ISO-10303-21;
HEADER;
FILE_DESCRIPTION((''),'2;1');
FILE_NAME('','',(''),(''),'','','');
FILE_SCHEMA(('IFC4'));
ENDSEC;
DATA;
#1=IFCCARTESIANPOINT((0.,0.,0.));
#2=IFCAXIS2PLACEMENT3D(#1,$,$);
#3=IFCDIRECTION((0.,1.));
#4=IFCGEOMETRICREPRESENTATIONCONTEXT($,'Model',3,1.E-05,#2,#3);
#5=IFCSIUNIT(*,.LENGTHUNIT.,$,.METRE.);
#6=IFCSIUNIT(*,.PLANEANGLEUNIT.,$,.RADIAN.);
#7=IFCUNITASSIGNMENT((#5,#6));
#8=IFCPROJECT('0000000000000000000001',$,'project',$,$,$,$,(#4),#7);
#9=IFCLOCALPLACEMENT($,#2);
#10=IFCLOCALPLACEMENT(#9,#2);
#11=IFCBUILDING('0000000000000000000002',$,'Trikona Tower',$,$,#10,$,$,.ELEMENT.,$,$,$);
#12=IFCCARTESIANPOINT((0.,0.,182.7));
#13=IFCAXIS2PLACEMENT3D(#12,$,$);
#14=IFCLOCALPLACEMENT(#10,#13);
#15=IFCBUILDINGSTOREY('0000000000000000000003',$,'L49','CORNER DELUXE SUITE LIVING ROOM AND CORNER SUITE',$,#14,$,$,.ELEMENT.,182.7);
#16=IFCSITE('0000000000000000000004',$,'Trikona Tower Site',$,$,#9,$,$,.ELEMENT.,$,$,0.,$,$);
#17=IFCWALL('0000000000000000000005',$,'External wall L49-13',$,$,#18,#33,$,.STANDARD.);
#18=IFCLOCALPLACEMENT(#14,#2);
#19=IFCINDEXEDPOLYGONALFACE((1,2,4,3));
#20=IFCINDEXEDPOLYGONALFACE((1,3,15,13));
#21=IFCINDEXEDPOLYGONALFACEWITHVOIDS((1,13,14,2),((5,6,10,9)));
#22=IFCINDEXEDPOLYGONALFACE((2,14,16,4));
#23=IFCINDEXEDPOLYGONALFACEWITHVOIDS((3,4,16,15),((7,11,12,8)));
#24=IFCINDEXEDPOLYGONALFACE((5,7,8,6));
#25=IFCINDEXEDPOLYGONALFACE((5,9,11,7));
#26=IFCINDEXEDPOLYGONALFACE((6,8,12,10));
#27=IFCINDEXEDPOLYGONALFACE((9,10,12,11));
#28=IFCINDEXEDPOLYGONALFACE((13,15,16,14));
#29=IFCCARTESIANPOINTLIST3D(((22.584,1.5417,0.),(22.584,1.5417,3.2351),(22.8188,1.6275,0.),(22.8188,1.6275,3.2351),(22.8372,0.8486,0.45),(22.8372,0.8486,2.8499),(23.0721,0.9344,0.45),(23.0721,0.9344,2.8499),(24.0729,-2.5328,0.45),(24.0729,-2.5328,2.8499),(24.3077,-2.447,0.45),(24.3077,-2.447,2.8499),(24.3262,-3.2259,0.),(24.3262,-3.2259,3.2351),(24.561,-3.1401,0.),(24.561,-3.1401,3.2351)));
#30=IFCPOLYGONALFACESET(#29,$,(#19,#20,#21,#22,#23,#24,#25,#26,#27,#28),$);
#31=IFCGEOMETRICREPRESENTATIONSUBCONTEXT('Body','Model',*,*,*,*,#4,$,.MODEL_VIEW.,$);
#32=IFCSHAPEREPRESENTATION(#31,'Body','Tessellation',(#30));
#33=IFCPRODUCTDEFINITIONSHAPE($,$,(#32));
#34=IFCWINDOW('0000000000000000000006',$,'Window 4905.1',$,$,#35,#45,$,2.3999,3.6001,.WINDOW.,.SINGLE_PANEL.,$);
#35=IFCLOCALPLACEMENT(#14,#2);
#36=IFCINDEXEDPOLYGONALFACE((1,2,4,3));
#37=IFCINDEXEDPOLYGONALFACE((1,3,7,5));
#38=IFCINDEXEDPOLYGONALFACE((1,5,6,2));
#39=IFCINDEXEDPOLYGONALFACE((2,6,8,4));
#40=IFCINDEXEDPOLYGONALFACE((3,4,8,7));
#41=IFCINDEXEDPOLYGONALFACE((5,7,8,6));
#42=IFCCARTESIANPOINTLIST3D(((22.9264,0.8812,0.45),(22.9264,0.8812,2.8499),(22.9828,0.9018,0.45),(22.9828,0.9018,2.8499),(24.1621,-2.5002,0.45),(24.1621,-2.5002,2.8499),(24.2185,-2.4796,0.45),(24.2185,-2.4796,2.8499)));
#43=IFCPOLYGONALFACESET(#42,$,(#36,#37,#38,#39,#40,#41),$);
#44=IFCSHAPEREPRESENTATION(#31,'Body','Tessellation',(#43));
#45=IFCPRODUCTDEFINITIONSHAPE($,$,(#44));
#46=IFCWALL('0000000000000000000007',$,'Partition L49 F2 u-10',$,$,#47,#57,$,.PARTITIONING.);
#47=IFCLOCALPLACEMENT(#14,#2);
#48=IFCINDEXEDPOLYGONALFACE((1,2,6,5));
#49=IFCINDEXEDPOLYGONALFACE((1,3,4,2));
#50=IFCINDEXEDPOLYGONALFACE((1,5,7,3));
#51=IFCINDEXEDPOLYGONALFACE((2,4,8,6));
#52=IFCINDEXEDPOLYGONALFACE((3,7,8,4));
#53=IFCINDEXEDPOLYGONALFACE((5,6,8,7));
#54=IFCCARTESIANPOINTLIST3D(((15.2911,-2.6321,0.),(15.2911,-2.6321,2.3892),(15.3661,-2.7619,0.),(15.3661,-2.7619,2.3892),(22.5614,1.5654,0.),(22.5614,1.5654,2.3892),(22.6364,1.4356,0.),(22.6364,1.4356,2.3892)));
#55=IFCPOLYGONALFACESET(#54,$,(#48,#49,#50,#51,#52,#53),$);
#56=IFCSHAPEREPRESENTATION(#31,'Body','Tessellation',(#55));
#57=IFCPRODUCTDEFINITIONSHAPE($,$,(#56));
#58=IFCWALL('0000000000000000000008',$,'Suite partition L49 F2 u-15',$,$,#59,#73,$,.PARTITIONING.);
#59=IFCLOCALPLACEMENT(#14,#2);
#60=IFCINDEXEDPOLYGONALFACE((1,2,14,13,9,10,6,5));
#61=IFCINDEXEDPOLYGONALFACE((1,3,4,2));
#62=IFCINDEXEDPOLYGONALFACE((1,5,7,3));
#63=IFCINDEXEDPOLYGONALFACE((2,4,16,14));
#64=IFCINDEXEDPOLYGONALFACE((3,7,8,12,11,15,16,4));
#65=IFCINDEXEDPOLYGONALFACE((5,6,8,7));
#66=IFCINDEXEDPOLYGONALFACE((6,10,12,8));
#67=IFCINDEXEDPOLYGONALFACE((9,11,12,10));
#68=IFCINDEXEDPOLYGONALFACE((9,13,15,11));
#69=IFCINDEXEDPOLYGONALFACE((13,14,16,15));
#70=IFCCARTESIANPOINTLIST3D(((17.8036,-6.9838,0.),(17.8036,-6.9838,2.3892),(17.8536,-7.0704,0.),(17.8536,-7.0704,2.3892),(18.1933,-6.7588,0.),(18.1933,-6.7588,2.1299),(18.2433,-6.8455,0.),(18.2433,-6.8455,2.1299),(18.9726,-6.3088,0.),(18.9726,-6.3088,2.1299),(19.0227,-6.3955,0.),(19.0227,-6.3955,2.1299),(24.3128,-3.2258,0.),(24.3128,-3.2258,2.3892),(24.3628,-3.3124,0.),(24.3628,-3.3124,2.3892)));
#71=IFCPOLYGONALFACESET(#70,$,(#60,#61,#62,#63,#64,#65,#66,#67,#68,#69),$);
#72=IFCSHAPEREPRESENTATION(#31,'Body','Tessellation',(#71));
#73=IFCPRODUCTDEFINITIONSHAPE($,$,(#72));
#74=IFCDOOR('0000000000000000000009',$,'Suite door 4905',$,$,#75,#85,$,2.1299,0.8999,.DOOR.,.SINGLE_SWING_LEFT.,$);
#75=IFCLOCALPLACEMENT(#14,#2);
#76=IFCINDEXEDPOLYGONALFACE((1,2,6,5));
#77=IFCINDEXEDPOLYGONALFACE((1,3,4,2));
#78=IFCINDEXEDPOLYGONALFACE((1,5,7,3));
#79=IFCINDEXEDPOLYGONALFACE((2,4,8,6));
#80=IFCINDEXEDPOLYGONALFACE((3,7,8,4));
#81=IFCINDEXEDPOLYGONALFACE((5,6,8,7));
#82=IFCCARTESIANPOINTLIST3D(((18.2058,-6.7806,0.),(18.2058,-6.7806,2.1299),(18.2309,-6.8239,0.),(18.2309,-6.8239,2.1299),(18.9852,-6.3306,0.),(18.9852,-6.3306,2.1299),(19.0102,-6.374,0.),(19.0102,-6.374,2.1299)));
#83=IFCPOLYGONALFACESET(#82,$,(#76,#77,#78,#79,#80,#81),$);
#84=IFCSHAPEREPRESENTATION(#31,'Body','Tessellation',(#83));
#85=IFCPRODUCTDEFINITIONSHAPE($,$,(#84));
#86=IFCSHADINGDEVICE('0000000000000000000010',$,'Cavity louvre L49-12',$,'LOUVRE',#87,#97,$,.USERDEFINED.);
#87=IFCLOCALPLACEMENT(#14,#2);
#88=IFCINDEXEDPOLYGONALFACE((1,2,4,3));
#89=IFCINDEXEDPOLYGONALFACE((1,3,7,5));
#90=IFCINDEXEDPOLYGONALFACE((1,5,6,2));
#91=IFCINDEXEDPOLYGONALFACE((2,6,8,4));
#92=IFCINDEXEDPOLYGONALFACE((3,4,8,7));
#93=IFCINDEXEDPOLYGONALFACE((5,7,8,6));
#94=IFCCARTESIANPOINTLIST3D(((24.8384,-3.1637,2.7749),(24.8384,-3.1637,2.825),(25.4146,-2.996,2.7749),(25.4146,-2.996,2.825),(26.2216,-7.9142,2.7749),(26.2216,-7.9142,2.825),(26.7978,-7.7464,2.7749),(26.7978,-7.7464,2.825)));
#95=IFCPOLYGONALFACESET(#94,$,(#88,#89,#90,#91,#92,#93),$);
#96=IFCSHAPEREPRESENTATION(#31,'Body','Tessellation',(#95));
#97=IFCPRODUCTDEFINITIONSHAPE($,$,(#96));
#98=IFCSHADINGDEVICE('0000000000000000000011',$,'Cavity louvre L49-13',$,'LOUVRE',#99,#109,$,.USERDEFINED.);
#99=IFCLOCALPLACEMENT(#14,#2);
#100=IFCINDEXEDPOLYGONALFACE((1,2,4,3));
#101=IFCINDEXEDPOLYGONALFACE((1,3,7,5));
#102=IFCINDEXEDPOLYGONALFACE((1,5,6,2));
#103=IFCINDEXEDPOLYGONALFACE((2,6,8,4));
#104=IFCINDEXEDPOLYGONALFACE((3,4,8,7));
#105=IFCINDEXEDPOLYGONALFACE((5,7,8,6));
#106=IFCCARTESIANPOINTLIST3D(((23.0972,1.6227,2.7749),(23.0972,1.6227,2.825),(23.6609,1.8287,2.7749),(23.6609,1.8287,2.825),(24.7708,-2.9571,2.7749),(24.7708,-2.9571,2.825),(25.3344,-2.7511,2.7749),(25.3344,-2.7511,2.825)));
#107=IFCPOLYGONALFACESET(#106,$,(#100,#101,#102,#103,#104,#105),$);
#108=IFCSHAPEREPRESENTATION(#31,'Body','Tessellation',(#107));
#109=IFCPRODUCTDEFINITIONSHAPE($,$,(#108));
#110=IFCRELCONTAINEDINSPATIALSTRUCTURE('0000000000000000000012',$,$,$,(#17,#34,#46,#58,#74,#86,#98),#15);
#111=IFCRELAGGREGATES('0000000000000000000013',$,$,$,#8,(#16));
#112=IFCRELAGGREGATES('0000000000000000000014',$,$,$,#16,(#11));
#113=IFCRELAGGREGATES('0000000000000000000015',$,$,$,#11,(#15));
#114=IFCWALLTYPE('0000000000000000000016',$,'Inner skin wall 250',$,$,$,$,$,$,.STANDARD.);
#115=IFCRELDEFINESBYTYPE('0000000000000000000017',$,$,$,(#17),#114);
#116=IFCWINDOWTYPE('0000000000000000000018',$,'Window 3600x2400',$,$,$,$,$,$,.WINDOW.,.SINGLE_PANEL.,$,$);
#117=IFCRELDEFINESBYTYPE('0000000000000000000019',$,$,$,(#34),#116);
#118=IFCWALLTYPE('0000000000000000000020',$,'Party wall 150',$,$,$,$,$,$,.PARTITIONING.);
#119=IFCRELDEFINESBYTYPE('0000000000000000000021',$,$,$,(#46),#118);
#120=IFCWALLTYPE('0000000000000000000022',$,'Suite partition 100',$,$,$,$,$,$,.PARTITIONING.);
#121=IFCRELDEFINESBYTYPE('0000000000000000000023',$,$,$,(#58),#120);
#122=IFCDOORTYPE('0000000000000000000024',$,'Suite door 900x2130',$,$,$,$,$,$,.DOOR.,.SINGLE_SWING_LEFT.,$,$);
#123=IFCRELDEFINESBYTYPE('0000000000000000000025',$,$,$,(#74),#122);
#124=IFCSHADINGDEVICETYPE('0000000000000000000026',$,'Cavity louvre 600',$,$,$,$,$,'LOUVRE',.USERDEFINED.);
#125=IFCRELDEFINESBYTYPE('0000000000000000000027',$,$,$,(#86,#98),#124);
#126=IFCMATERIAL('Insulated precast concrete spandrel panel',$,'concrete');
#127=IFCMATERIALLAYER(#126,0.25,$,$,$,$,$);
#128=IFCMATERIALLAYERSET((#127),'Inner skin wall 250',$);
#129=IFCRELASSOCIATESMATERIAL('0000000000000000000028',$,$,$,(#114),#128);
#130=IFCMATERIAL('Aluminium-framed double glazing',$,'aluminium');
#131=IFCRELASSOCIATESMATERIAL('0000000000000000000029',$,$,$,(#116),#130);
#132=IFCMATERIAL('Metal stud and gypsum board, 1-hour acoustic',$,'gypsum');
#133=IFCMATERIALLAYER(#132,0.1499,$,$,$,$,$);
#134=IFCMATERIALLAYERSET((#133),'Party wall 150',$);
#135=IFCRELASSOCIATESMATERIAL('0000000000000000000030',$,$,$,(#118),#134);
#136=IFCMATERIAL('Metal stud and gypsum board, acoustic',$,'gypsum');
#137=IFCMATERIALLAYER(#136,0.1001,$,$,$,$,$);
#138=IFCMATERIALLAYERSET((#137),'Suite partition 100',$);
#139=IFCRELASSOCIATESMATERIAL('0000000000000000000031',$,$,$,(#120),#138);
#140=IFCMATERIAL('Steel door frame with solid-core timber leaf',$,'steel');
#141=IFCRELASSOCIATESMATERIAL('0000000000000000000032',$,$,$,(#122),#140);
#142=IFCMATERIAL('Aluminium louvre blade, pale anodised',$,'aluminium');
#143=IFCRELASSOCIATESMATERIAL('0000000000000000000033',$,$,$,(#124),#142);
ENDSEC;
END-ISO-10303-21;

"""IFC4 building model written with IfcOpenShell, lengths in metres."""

from ifc_helpers import new_model, si_unit, direction, frame, frame_2d, origin, origin_2d, place, context, subcontext, project, spatial, rectangle, extrude, material, layer, layer_set, type_object, element, fill, save


model = new_model("IFC4")

# Units and contexts
model_context = context("Model", 3, precision=1e-05, world=origin(), true_north=direction((0.0, 1.0)))
body_context = subcontext(model_context, "Body", "Model", "MODEL_VIEW")
ifc_project = project(units=[si_unit("LENGTHUNIT", "METRE"), si_unit("PLANEANGLEUNIT", "RADIAN")], contexts=[model_context])

# Site, building, storey
site_placement = place(None, origin())
site = spatial("IfcSite", under=ifc_project, at=site_placement, Name="Trikona Tower Site", CompositionType="ELEMENT", RefElevation=0.0)
building_placement = place(site_placement, origin())
building = spatial("IfcBuilding", under=site, at=building_placement, Name="Trikona Tower", CompositionType="ELEMENT")
storey_placement = place(building_placement, frame((0.0, 0.0, 182.7)))
storey = spatial("IfcBuildingStorey", under=building, at=storey_placement, Name="L49", Description="CORNER DELUXE SUITE LIVING ROOM AND CORNER SUITE", CompositionType="ELEMENT", Elevation=182.7)

# Wall, opening, window
ifc_material_1 = material(Name="Insulated precast concrete spandrel panel", Category="concrete")
ifc_layer_1 = layer(ifc_material_1, 0.25)
ifc_layer_set_1 = layer_set([ifc_layer_1], Name="Inner skin wall 250")
wall_type_1 = type_object("IfcWallType", Name="Inner skin wall 250", PredefinedType="STANDARD", material=ifc_layer_set_1)
ifc_material_2 = material(Name="Aluminium-framed double glazing", Category="aluminium")
window_type = type_object("IfcWindowType", Name="Window 3600x2400", PartitioningType="SINGLE_PANEL", PredefinedType="WINDOW", material=ifc_material_2)
wall_1_placement = place(storey_placement, frame((24.4436, -3.1831, 0.0), z_axis=(0.0, 0.0, 1.0), x_axis=(-0.343226, 0.939253, 0.0)))
wall_1 = element("IfcWall", 1, at=wall_1_placement, inside=storey, type_object=wall_type_1, Name="External wall L49-13", PredefinedType="STANDARD", context=body_context, shape_type="SweptSolid", body=[
    extrude(rectangle(XDim=5.0759, YDim=0.25, at=frame_2d((2.5381, 0.0))), origin(), (0.0, 0.0, 1.0), 3.2351),
])
opening_1_placement = place(wall_1_placement, frame((0.738, 0.0, 0.45)))
opening_1 = element("IfcOpeningElement", 2, at=opening_1_placement, cuts=wall_1, PredefinedType="OPENING", context=body_context, shape_type="SweptSolid", body=[
    extrude(rectangle(XDim=3.6001, YDim=2.3999, at=frame_2d((1.8, 1.2))), frame((0.0, 0.135, 0.0), z_axis=(0.0, -1.0, 0.0), x_axis=(1.0, 0.0, 0.0)), (0.0, 0.0, 1.0), 0.27),
])
window_1_placement = place(opening_1_placement, origin())
window_1 = element("IfcWindow", 3, at=window_1_placement, inside=storey, type_object=window_type, Name="Window 4905.1", OverallHeight=2.3999, OverallWidth=3.6001, PartitioningType="SINGLE_PANEL", PredefinedType="WINDOW", context=body_context, shape_type="SweptSolid", body=[
    extrude(rectangle(XDim=3.6001, YDim=2.3999, at=frame_2d((1.8, 1.2))), frame((0.0, 0.03, 0.0), z_axis=(0.0, -1.0, 0.0), x_axis=(1.0, 0.0, 0.0)), (0.0, 0.0, 1.0), 0.0601),
])
fill(opening_1, window_1)

# Wall
ifc_material_3 = material(Name="Metal stud and gypsum board, 1-hour acoustic", Category="gypsum")
ifc_layer_2 = layer(ifc_material_3, 0.1499)
ifc_layer_set_2 = layer_set([ifc_layer_2], Name="Party wall 150")
wall_type_2 = type_object("IfcWallType", Name="Party wall 150", PredefinedType="PARTITIONING", material=ifc_layer_set_2)
wall_2_placement = place(storey_placement, frame((15.3286, -2.697, 0.0), z_axis=(0.0, 0.0, 1.0), x_axis=(0.866024, 0.500002, 0.0)))
element("IfcWall", 4, at=wall_2_placement, inside=storey, type_object=wall_type_2, Name="Partition L49 F2 u-10", PredefinedType="PARTITIONING", context=body_context, shape_type="SweptSolid", body=[
    extrude(rectangle(XDim=8.395, YDim=0.1499, at=frame_2d((4.1975, 0.0))), origin(), (0.0, 0.0, 1.0), 2.3892),
])

# Wall, opening, door
ifc_material_4 = material(Name="Metal stud and gypsum board, acoustic", Category="gypsum")
ifc_layer_3 = layer(ifc_material_4, 0.1001)
ifc_layer_set_3 = layer_set([ifc_layer_3], Name="Suite partition 100")
wall_type_3 = type_object("IfcWallType", Name="Suite partition 100", PredefinedType="PARTITIONING", material=ifc_layer_set_3)
wall_3_placement = place(storey_placement, frame((17.8286, -7.0271, 0.0), z_axis=(0.0, 0.0, 1.0), x_axis=(0.86603, 0.499992, 0.0)))
wall_3 = element("IfcWall", 5, at=wall_3_placement, inside=storey, type_object=wall_type_3, Name="Suite partition L49 F2 u-15", PredefinedType="PARTITIONING", context=body_context, shape_type="SweptSolid", body=[
    extrude(rectangle(XDim=7.5161, YDim=0.1001, at=frame_2d((3.7581, 0.0))), origin(), (0.0, 0.0, 1.0), 2.3892),
])
opening_2_placement = place(wall_3_placement, frame((0.45, 0.0, 0.0)))
opening_2 = element("IfcOpeningElement", 6, at=opening_2_placement, cuts=wall_3, PredefinedType="OPENING", context=body_context, shape_type="SweptSolid", body=[
    extrude(rectangle(XDim=0.8999, YDim=2.1299, at=frame_2d((0.45, 1.0649))), frame((0.0, 0.0601, 0.0), z_axis=(0.0, -1.0, 0.0), x_axis=(1.0, 0.0, 0.0)), (0.0, 0.0, 1.0), 0.1201),
])
ifc_material_5 = material(Name="Steel door frame with solid-core timber leaf", Category="steel")
door_type_1 = type_object("IfcDoorType", Name="Suite door 900x2130", OperationType="SINGLE_SWING_LEFT", PredefinedType="DOOR", material=ifc_material_5)
door_1_placement = place(opening_2_placement, origin())
door_1 = element("IfcDoor", 7, at=door_1_placement, inside=storey, type_object=door_type_1, Name="Suite door 4905", OperationType="SINGLE_SWING_LEFT", OverallHeight=2.1299, OverallWidth=0.8999, PredefinedType="DOOR", context=body_context, shape_type="SweptSolid", body=[
    extrude(rectangle(XDim=0.8999, YDim=2.1299, at=frame_2d((0.45, 1.0649))), frame((0.0, 0.0249, 0.0), z_axis=(0.0, -1.0, 0.0), x_axis=(1.0, 0.0, 0.0)), (0.0, 0.0, 1.0), 0.05),
])
fill(opening_2, door_1)

# Shading devices
ifc_material_6 = material(Name="Aluminium louvre blade, pale anodised", Category="aluminium")
shading_device_type = type_object("IfcShadingDeviceType", Name="Cavity louvre 600", ElementType="LOUVRE", PredefinedType="USERDEFINED", material=ifc_material_6)
shading_device_1_placement = place(storey_placement, frame((25.8181, -5.4551, 2.7749), z_axis=(0.0, 0.0, 1.0), x_axis=(-0.279554, 0.96013, 0.0)))
element("IfcShadingDevice", 8, at=shading_device_1_placement, inside=storey, type_object=shading_device_type, Name="Cavity louvre L49-12", ObjectType="LOUVRE", PredefinedType="USERDEFINED", context=body_context, shape_type="SweptSolid", body=[
    extrude(rectangle(XDim=4.9478, YDim=0.6001, at=origin_2d()), origin(), (0.0, 0.0, 1.0), 0.05),
])
shading_device_2_placement = place(storey_placement, frame((24.2158, -0.5642, 2.7749), z_axis=(0.0, 0.0, 1.0), x_axis=(-0.34322, 0.939255, 0.0)))
element("IfcShadingDevice", 9, at=shading_device_2_placement, inside=storey, type_object=shading_device_type, Name="Cavity louvre L49-13", ObjectType="LOUVRE", PredefinedType="USERDEFINED", context=body_context, shape_type="SweptSolid", body=[
    extrude(rectangle(XDim=4.876, YDim=0.6001, at=origin_2d()), origin(), (0.0, 0.0, 1.0), 0.05),
])

save(model, "model.ifc")
